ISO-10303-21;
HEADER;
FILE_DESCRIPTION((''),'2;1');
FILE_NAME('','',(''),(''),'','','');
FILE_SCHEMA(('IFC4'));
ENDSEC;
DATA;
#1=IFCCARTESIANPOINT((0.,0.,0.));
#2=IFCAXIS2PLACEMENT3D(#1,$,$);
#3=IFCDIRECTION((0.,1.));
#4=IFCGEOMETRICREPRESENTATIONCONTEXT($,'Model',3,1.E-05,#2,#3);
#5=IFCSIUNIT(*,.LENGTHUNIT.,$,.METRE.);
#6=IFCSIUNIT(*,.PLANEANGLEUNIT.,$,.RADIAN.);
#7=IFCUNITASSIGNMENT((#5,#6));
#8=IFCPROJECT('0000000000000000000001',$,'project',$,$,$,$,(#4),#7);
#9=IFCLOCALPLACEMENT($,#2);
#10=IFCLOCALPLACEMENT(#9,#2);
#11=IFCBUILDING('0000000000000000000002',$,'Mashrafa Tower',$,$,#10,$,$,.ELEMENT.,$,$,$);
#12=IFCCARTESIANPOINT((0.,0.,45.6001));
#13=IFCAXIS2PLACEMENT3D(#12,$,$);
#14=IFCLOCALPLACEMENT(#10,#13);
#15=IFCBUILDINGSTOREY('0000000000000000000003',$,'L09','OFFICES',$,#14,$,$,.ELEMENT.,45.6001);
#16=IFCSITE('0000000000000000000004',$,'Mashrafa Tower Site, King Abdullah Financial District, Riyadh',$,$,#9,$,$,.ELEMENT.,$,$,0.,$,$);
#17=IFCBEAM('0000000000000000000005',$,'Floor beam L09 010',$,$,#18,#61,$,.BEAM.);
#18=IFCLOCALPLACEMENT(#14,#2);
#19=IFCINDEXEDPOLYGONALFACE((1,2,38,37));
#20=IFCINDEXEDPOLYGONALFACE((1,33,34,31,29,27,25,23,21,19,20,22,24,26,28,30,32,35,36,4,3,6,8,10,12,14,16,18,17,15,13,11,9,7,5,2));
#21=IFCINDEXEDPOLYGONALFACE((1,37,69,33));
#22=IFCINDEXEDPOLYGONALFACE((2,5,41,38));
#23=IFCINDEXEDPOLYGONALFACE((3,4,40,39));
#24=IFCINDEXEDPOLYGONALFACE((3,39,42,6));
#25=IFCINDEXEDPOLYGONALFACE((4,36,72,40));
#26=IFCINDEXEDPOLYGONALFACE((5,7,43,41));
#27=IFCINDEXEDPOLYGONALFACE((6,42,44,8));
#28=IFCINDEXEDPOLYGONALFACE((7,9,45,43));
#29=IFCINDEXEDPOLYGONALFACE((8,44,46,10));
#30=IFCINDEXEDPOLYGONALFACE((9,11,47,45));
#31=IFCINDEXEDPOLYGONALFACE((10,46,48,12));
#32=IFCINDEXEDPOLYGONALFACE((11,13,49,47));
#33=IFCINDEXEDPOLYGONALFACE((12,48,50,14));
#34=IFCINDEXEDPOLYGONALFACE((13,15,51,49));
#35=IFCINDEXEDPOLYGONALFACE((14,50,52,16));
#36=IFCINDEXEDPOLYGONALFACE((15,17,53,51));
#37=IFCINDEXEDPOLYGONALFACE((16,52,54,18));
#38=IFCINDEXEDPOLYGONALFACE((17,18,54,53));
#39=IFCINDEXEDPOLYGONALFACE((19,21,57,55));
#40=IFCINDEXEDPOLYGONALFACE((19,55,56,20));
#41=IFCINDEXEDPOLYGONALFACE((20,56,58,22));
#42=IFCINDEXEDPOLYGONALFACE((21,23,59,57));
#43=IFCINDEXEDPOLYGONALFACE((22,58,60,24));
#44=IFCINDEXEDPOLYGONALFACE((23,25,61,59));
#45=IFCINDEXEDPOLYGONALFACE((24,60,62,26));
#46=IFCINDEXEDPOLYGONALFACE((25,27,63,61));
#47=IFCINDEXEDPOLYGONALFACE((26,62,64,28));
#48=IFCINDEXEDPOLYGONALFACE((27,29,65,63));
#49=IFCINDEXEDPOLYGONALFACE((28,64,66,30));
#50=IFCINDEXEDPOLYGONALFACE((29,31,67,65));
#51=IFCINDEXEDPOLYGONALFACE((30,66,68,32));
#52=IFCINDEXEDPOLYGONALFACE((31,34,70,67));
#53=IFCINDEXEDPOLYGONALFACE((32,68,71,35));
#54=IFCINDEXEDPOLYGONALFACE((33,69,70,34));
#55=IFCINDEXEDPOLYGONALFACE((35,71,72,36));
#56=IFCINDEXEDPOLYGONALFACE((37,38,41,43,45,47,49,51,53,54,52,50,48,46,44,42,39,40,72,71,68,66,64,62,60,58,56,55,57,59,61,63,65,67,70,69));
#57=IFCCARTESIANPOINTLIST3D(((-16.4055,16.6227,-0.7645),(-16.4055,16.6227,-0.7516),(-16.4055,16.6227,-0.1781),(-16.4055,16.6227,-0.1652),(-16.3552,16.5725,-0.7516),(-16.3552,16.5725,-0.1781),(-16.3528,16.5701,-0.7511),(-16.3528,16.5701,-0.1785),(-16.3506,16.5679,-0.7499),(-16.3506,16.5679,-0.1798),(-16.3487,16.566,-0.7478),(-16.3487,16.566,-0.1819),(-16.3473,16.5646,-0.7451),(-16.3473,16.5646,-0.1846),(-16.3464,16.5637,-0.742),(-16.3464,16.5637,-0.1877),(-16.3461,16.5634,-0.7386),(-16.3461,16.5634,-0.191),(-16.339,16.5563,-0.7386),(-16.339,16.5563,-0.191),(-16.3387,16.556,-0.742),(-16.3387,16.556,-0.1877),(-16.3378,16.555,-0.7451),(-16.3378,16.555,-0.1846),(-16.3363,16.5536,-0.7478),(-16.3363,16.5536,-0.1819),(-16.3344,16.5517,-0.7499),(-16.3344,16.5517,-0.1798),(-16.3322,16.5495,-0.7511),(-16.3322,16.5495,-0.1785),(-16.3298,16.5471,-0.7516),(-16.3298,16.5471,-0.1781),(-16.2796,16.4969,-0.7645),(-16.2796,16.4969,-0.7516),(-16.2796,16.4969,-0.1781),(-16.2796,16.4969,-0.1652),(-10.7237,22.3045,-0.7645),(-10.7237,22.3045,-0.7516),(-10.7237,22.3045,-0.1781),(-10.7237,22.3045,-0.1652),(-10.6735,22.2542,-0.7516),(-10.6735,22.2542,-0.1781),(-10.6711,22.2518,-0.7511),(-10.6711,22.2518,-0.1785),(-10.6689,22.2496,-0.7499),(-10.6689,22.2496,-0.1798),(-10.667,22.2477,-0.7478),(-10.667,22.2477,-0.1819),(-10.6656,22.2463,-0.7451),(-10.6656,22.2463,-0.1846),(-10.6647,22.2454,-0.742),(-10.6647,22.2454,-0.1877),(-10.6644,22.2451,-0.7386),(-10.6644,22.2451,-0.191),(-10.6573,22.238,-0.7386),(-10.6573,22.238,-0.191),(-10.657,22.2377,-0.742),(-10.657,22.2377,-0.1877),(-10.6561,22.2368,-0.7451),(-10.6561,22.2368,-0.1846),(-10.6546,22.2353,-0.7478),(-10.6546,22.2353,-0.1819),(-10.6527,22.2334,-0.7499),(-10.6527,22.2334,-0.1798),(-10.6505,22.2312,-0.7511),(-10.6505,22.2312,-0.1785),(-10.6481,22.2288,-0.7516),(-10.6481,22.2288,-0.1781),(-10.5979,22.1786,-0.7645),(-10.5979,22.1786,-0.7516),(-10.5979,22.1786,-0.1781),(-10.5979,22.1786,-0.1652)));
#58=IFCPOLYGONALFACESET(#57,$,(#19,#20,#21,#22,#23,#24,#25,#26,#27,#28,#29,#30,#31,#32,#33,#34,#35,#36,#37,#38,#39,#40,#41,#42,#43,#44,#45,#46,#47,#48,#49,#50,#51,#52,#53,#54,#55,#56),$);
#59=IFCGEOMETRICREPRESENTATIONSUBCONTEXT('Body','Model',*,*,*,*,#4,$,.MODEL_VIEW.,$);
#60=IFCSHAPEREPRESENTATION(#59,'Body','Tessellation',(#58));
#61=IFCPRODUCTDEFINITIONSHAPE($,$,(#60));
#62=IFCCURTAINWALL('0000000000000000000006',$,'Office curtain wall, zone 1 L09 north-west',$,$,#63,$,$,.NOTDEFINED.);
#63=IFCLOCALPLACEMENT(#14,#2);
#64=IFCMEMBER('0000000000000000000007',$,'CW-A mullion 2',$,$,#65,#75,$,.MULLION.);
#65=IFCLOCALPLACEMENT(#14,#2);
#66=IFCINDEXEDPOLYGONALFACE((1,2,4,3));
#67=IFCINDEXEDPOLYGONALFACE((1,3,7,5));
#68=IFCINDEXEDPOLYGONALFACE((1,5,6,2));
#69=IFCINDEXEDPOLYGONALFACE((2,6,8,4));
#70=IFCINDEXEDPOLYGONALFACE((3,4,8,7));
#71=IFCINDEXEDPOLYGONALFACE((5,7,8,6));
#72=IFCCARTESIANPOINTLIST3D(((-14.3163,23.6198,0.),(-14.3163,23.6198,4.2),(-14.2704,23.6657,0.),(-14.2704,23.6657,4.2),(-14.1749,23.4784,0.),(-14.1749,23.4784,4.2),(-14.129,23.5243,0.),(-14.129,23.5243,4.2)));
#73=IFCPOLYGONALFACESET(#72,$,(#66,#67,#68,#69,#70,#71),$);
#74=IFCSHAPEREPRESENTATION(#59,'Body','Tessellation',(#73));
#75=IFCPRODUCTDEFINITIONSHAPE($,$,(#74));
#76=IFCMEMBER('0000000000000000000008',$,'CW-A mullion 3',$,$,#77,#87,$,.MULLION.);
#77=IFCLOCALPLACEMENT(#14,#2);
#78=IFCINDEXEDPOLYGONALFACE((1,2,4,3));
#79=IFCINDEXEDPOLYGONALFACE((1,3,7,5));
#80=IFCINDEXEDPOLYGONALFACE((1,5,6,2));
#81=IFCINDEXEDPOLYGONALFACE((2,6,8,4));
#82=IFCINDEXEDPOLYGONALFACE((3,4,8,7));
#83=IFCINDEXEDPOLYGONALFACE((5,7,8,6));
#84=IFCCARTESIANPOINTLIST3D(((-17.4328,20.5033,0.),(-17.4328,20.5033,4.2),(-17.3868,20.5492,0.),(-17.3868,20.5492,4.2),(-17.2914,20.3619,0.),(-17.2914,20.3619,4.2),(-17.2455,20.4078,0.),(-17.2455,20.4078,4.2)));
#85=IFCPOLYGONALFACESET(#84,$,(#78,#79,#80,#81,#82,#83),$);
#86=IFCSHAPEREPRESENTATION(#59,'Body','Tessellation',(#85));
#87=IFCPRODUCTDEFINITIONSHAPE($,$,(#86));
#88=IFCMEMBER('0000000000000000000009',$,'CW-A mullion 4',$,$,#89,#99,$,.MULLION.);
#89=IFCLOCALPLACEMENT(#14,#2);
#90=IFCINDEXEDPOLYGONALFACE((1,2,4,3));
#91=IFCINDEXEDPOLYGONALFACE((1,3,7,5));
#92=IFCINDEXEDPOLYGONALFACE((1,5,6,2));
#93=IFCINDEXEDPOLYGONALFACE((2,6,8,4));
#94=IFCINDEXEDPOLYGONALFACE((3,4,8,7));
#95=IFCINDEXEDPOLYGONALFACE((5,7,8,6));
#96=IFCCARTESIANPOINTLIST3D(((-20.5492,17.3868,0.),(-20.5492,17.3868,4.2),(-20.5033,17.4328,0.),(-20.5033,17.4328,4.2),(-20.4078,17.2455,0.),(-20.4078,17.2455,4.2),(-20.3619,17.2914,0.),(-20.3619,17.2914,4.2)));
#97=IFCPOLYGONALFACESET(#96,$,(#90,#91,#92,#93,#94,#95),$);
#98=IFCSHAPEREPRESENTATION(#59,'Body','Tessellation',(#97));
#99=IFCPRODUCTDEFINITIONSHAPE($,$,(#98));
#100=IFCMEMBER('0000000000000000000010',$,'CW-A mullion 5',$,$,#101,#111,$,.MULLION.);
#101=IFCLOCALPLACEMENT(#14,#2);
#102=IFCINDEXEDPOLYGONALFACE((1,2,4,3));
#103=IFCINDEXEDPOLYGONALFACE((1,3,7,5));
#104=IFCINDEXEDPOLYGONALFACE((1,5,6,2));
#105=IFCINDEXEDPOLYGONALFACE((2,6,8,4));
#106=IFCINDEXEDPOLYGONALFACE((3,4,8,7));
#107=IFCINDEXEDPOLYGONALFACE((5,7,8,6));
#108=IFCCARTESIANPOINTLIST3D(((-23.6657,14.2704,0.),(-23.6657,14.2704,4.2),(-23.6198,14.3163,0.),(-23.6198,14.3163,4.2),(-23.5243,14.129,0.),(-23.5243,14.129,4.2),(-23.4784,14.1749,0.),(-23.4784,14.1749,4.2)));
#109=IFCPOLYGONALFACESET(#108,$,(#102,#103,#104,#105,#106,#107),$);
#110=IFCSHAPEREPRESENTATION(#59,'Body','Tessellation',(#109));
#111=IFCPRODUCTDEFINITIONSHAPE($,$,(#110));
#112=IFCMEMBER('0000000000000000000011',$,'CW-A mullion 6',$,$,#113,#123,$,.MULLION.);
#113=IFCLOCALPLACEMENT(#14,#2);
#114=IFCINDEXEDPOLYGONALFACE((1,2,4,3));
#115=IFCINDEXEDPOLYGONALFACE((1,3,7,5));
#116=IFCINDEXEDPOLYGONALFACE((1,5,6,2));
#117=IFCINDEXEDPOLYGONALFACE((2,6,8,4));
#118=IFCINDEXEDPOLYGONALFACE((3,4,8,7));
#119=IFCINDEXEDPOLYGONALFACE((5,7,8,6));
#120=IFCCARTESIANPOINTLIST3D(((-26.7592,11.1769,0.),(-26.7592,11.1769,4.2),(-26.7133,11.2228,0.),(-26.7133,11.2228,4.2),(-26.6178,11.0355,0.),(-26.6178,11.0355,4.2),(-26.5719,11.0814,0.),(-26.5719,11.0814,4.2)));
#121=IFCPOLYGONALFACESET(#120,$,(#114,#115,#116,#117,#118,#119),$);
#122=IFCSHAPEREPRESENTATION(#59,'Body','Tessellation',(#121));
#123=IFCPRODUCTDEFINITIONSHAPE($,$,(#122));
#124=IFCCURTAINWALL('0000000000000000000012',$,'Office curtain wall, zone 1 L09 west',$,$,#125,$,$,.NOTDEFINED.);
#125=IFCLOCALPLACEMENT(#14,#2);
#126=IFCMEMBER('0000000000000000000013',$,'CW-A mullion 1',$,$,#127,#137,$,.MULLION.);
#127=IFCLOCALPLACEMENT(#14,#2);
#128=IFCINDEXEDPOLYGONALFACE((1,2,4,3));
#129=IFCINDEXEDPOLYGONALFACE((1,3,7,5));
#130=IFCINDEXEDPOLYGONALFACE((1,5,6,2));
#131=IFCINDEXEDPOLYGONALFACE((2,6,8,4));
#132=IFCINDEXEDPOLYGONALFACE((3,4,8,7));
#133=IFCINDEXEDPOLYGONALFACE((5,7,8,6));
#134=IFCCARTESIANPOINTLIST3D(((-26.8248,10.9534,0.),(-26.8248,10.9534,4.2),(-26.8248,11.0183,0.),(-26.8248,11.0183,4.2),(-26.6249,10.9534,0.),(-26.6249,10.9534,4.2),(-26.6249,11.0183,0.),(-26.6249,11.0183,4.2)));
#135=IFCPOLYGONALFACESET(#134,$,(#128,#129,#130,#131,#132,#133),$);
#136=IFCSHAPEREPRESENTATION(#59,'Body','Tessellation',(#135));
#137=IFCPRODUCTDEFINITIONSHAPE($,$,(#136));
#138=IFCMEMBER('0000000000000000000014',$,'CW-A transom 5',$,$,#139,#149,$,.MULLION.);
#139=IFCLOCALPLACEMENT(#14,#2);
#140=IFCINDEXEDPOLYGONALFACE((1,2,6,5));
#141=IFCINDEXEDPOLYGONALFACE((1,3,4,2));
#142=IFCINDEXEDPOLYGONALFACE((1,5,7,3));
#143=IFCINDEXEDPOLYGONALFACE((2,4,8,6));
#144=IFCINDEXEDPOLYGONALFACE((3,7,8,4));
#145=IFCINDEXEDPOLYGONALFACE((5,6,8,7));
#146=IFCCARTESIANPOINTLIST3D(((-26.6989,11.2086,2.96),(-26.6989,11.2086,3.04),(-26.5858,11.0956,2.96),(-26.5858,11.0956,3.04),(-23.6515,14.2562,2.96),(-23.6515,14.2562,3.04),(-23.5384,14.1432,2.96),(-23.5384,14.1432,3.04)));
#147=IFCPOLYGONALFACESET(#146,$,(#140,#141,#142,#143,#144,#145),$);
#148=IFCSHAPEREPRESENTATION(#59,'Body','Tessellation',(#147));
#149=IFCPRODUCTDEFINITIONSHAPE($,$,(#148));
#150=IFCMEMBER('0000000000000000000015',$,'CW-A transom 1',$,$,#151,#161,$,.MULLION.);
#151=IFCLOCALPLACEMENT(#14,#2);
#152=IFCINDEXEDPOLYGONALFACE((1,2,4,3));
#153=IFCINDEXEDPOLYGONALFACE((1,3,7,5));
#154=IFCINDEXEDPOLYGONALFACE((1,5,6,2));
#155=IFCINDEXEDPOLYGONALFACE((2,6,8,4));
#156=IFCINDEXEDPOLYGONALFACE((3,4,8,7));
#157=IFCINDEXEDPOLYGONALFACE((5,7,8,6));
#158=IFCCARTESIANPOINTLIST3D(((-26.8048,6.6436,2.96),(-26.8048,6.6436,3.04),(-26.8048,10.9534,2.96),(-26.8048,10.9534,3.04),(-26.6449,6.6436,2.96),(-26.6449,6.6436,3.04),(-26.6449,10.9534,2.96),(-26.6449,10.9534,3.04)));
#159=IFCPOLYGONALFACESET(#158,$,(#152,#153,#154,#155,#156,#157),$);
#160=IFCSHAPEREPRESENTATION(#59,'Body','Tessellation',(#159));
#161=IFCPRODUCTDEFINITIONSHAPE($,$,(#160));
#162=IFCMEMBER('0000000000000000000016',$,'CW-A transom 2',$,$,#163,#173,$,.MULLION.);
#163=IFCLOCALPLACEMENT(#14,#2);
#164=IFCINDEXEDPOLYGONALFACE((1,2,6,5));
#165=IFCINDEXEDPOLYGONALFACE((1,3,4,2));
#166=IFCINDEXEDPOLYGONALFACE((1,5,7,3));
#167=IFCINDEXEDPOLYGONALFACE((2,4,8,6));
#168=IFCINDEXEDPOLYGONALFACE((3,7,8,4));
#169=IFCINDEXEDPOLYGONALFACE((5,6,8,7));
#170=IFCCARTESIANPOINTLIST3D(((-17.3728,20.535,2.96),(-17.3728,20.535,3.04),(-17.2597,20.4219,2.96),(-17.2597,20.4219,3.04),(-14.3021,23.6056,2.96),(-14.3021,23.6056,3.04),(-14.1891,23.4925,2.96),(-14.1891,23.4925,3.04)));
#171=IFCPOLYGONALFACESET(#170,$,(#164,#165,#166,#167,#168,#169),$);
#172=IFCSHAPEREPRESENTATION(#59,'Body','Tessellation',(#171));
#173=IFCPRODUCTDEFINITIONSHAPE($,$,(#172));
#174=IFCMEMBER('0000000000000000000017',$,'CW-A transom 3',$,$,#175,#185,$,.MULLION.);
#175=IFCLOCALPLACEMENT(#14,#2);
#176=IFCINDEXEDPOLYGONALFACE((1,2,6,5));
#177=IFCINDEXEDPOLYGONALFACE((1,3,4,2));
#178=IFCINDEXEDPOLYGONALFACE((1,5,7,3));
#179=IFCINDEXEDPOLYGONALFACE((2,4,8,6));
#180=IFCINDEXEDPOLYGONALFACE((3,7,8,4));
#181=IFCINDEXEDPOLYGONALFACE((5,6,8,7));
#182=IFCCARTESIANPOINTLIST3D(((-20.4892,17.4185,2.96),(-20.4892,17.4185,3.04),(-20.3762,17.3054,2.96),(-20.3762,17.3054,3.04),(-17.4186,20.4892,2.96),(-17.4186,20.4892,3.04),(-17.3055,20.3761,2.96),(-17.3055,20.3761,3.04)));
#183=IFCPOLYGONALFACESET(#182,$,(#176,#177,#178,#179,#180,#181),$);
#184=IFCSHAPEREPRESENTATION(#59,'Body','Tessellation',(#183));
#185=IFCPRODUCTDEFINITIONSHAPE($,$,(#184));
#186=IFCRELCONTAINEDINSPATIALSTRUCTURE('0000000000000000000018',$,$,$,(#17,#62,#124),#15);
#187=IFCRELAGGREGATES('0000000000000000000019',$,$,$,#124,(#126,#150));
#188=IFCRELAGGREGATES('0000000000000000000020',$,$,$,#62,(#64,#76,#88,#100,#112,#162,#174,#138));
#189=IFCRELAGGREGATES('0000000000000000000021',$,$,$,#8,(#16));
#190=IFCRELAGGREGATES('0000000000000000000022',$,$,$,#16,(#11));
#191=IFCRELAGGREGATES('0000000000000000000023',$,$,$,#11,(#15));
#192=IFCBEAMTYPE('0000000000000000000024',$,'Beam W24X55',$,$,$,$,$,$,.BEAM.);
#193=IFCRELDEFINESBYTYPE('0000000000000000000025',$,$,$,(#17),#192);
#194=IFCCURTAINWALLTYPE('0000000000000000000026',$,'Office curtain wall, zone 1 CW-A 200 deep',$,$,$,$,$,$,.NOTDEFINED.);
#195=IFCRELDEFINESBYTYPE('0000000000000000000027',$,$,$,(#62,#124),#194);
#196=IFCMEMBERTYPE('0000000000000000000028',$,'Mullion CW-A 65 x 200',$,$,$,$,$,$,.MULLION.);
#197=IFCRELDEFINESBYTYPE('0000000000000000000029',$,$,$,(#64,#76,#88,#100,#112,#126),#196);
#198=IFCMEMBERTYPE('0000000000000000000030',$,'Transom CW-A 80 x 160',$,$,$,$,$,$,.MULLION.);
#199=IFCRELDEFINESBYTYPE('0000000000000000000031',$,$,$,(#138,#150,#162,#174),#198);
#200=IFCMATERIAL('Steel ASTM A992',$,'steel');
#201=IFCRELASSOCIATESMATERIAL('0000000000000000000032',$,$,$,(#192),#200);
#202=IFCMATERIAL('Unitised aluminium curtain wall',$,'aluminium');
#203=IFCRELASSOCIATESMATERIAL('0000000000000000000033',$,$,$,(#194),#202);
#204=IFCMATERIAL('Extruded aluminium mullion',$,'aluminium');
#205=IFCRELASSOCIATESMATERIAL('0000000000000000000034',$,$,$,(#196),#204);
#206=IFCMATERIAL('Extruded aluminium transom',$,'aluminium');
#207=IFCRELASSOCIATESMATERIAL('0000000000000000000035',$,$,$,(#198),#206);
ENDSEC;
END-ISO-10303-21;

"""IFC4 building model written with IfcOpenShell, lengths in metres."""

from ifc_helpers import new_model, si_unit, direction, frame, origin, origin_2d, place, context, subcontext, project, spatial, rectangle, i_section, extrude, source, transform, mapped, material, material_profile, profile_set, type_object, type_shapes, element, aggregate, save


model = new_model("IFC4")

# Units and contexts
model_context = context("Model", 3, precision=1e-05, world=origin(), true_north=direction((0.0, 1.0)))
body_context = subcontext(model_context, "Body", "Model", "MODEL_VIEW")
ifc_project = project(units=[si_unit("LENGTHUNIT", "METRE"), si_unit("PLANEANGLEUNIT", "RADIAN")], contexts=[model_context])

# Site, building, storey
site_placement = place(None, origin())
site = spatial("IfcSite", under=ifc_project, at=site_placement, Name="Mashrafa Tower Site, King Abdullah Financial District, Riyadh", CompositionType="ELEMENT", RefElevation=0.0)
building_placement = place(site_placement, origin())
building = spatial("IfcBuilding", under=site, at=building_placement, Name="Mashrafa Tower", CompositionType="ELEMENT")
storey_placement = place(building_placement, frame((0.0, 0.0, 45.6001)))
storey = spatial("IfcBuildingStorey", under=building, at=storey_placement, Name="L09", Description="OFFICES", CompositionType="ELEMENT", Elevation=45.6001)

# Beam
ifc_material_1 = material(Name="Steel ASTM A992", Category="steel")
ifc_material_profile_1 = material_profile(ifc_material_1, i_section(OverallWidth=0.178, OverallDepth=0.5994, WebThickness=0.01, FlangeThickness=0.0129, FilletRadius=0.0129, at=origin_2d()), Name="W24X55")
ifc_profile_set_1 = profile_set([ifc_material_profile_1], Name="Steel ASTM A992")
beam_type_1 = type_object("IfcBeamType", Name="Beam W24X55", PredefinedType="BEAM", material=ifc_profile_set_1)
beam_1_placement = place(storey_placement, frame((-16.3425, 16.5598, -0.4648), z_axis=(0.707107, 0.707107, 0.0), x_axis=(-0.707107, 0.707107, 0.0)))
element("IfcBeam", 1, at=beam_1_placement, inside=storey, type_object=beam_type_1, Name="Floor beam L09 010", PredefinedType="BEAM", context=body_context, shape_type="SweptSolid", body=[
    extrude(i_section(OverallWidth=0.178, OverallDepth=0.5994, WebThickness=0.01, FlangeThickness=0.0129, FilletRadius=0.0129, at=origin_2d()), origin(), (0.0, 0.0, 1.0), 8.0352),
])

# Curtain wall, members
ifc_material_2 = material(Name="Unitised aluminium curtain wall", Category="aluminium")
curtain_wall_type = type_object("IfcCurtainWallType", Name="Office curtain wall, zone 1 CW-A 200 deep", PredefinedType="NOTDEFINED", material=ifc_material_2)
curtain_wall_1_placement = place(storey_placement, origin())
curtain_wall_1 = element("IfcCurtainWall", 2, at=curtain_wall_1_placement, inside=storey, type_object=curtain_wall_type, Name="Office curtain wall, zone 1 L09 north-west", PredefinedType="NOTDEFINED")
ifc_material_3 = material(Name="Extruded aluminium mullion", Category="aluminium")
ifc_material_profile_2 = material_profile(ifc_material_3, rectangle(XDim=0.2, YDim=0.0649, at=origin_2d()), Name="Mullion 65x200")
ifc_profile_set_2 = profile_set([ifc_material_profile_2], Name="Extruded aluminium mullion")
member_type_1 = type_object("IfcMemberType", Name="Mullion CW-A 65 x 200", PredefinedType="MULLION", material=ifc_profile_set_2)
shared_shape_1 = source(origin(), body_context, "Body", "SweptSolid", [
    extrude(rectangle(XDim=0.2, YDim=0.0649, at=origin_2d()), origin(), (0.0, 0.0, 1.0), 4.2),
])
type_shapes(member_type_1, [shared_shape_1])
member_1_placement = place(storey_placement, frame((-14.2227, 23.572, 0.0), z_axis=(0.0, 0.0, 1.0), x_axis=(0.707107, -0.707107, 0.0)))
member_1 = element("IfcMember", 3, at=member_1_placement, type_object=member_type_1, Name="CW-A mullion 2", PredefinedType="MULLION", context=body_context, shape_type="MappedRepresentation", body=[
    mapped(shared_shape_1, transform((0.0, 0.0, 0.0))),
])
member_2_placement = place(storey_placement, frame((-17.3391, 20.4556, 0.0), z_axis=(0.0, 0.0, 1.0), x_axis=(0.707107, -0.707107, 0.0)))
member_2 = element("IfcMember", 4, at=member_2_placement, type_object=member_type_1, Name="CW-A mullion 3", PredefinedType="MULLION", context=body_context, shape_type="MappedRepresentation", body=[
    mapped(shared_shape_1, transform((0.0, 0.0, 0.0))),
])
member_3_placement = place(storey_placement, frame((-20.4556, 17.3391, 0.0), z_axis=(0.0, 0.0, 1.0), x_axis=(0.707107, -0.707107, 0.0)))
member_3 = element("IfcMember", 5, at=member_3_placement, type_object=member_type_1, Name="CW-A mullion 4", PredefinedType="MULLION", context=body_context, shape_type="MappedRepresentation", body=[
    mapped(shared_shape_1, transform((0.0, 0.0, 0.0))),
])
member_4_placement = place(storey_placement, frame((-23.572, 14.2227, 0.0), z_axis=(0.0, 0.0, 1.0), x_axis=(0.707107, -0.707107, 0.0)))
member_4 = element("IfcMember", 6, at=member_4_placement, type_object=member_type_1, Name="CW-A mullion 5", PredefinedType="MULLION", context=body_context, shape_type="MappedRepresentation", body=[
    mapped(shared_shape_1, transform((0.0, 0.0, 0.0))),
])
member_5_placement = place(storey_placement, frame((-26.6655, 11.1292, 0.0), z_axis=(0.0, 0.0, 1.0), x_axis=(0.707107, -0.707107, 0.0)))
member_5 = element("IfcMember", 7, at=member_5_placement, type_object=member_type_1, Name="CW-A mullion 6", PredefinedType="MULLION", context=body_context, shape_type="MappedRepresentation", body=[
    mapped(shared_shape_1, transform((0.0, 0.0, 0.0))),
])

# Curtain wall, member
curtain_wall_2_placement = place(storey_placement, origin())
curtain_wall_2 = element("IfcCurtainWall", 8, at=curtain_wall_2_placement, inside=storey, type_object=curtain_wall_type, Name="Office curtain wall, zone 1 L09 west", PredefinedType="NOTDEFINED")
member_6_placement = place(storey_placement, frame((-26.7249, 10.9858, 0.0), z_axis=(0.0, 0.0, 1.0), x_axis=(1.0, 0.0, 0.0)))
member_6 = element("IfcMember", 9, at=member_6_placement, type_object=member_type_1, Name="CW-A mullion 1", PredefinedType="MULLION", context=body_context, shape_type="MappedRepresentation", body=[
    mapped(shared_shape_1, transform((0.0, 0.0, 0.0))),
])

# Members
ifc_material_4 = material(Name="Extruded aluminium transom", Category="aluminium")
ifc_material_profile_3 = material_profile(ifc_material_4, rectangle(XDim=0.1599, YDim=0.0801, at=origin_2d()), Name="Transom 80x160")
ifc_profile_set_3 = profile_set([ifc_material_profile_3], Name="Extruded aluminium transom")
member_type_2 = type_object("IfcMemberType", Name="Transom CW-A 80 x 160", PredefinedType="MULLION", material=ifc_profile_set_3)
shared_shape_2 = source(origin(), body_context, "Body", "SweptSolid", [
    extrude(rectangle(XDim=0.1599, YDim=0.0801, at=origin_2d()), origin(), (0.0, 0.0, 1.0), 4.3098),
])
member_7_placement = place(storey_placement, frame((-23.595, 14.1997, 3.0), z_axis=(-0.707078, -0.707135, 0.0), x_axis=(0.707135, -0.707078, 0.0)))
member_7 = element("IfcMember", 10, at=member_7_placement, type_object=member_type_2, Name="CW-A transom 5", PredefinedType="MULLION", context=body_context, shape_type="MappedRepresentation", body=[
    mapped(shared_shape_2, transform((0.0, 0.0, 0.0))),
])
member_8_placement = place(storey_placement, frame((-26.7249, 10.9534, 3.0), z_axis=(0.0, -1.0, 0.0), x_axis=(1.0, 0.0, 0.0)))
member_8 = element("IfcMember", 11, at=member_8_placement, type_object=member_type_2, Name="CW-A transom 1", PredefinedType="MULLION", context=body_context, shape_type="MappedRepresentation", body=[
    mapped(shared_shape_2, transform((0.0, 0.0, 0.0))),
])
aggregate(curtain_wall_2, [member_6, member_8])
shared_shape_3 = source(origin(), body_context, "Body", "SweptSolid", [
    extrude(rectangle(XDim=0.1599, YDim=0.0801, at=origin_2d()), origin(), (0.0, 0.0, 1.0), 4.3425),
])
type_shapes(member_type_2, [shared_shape_2, shared_shape_3])
member_9_placement = place(storey_placement, frame((-14.2456, 23.5491, 3.0), z_axis=(-0.707107, -0.707107, 0.0), x_axis=(0.707107, -0.707107, 0.0)))
member_9 = element("IfcMember", 12, at=member_9_placement, type_object=member_type_2, Name="CW-A transom 2", PredefinedType="MULLION", context=body_context, shape_type="MappedRepresentation", body=[
    mapped(shared_shape_3, transform((0.0, 0.0, 0.0))),
])
member_10_placement = place(storey_placement, frame((-17.3621, 20.4326, 3.0), z_axis=(-0.707107, -0.707107, 0.0), x_axis=(0.707107, -0.707107, 0.0)))
member_10 = element("IfcMember", 13, at=member_10_placement, type_object=member_type_2, Name="CW-A transom 3", PredefinedType="MULLION", context=body_context, shape_type="MappedRepresentation", body=[
    mapped(shared_shape_3, transform((0.0, 0.0, 0.0))),
])

aggregate(curtain_wall_1, [member_1, member_2, member_3, member_4, member_5, member_9, member_10, member_7])

save(model, "model.ifc")
